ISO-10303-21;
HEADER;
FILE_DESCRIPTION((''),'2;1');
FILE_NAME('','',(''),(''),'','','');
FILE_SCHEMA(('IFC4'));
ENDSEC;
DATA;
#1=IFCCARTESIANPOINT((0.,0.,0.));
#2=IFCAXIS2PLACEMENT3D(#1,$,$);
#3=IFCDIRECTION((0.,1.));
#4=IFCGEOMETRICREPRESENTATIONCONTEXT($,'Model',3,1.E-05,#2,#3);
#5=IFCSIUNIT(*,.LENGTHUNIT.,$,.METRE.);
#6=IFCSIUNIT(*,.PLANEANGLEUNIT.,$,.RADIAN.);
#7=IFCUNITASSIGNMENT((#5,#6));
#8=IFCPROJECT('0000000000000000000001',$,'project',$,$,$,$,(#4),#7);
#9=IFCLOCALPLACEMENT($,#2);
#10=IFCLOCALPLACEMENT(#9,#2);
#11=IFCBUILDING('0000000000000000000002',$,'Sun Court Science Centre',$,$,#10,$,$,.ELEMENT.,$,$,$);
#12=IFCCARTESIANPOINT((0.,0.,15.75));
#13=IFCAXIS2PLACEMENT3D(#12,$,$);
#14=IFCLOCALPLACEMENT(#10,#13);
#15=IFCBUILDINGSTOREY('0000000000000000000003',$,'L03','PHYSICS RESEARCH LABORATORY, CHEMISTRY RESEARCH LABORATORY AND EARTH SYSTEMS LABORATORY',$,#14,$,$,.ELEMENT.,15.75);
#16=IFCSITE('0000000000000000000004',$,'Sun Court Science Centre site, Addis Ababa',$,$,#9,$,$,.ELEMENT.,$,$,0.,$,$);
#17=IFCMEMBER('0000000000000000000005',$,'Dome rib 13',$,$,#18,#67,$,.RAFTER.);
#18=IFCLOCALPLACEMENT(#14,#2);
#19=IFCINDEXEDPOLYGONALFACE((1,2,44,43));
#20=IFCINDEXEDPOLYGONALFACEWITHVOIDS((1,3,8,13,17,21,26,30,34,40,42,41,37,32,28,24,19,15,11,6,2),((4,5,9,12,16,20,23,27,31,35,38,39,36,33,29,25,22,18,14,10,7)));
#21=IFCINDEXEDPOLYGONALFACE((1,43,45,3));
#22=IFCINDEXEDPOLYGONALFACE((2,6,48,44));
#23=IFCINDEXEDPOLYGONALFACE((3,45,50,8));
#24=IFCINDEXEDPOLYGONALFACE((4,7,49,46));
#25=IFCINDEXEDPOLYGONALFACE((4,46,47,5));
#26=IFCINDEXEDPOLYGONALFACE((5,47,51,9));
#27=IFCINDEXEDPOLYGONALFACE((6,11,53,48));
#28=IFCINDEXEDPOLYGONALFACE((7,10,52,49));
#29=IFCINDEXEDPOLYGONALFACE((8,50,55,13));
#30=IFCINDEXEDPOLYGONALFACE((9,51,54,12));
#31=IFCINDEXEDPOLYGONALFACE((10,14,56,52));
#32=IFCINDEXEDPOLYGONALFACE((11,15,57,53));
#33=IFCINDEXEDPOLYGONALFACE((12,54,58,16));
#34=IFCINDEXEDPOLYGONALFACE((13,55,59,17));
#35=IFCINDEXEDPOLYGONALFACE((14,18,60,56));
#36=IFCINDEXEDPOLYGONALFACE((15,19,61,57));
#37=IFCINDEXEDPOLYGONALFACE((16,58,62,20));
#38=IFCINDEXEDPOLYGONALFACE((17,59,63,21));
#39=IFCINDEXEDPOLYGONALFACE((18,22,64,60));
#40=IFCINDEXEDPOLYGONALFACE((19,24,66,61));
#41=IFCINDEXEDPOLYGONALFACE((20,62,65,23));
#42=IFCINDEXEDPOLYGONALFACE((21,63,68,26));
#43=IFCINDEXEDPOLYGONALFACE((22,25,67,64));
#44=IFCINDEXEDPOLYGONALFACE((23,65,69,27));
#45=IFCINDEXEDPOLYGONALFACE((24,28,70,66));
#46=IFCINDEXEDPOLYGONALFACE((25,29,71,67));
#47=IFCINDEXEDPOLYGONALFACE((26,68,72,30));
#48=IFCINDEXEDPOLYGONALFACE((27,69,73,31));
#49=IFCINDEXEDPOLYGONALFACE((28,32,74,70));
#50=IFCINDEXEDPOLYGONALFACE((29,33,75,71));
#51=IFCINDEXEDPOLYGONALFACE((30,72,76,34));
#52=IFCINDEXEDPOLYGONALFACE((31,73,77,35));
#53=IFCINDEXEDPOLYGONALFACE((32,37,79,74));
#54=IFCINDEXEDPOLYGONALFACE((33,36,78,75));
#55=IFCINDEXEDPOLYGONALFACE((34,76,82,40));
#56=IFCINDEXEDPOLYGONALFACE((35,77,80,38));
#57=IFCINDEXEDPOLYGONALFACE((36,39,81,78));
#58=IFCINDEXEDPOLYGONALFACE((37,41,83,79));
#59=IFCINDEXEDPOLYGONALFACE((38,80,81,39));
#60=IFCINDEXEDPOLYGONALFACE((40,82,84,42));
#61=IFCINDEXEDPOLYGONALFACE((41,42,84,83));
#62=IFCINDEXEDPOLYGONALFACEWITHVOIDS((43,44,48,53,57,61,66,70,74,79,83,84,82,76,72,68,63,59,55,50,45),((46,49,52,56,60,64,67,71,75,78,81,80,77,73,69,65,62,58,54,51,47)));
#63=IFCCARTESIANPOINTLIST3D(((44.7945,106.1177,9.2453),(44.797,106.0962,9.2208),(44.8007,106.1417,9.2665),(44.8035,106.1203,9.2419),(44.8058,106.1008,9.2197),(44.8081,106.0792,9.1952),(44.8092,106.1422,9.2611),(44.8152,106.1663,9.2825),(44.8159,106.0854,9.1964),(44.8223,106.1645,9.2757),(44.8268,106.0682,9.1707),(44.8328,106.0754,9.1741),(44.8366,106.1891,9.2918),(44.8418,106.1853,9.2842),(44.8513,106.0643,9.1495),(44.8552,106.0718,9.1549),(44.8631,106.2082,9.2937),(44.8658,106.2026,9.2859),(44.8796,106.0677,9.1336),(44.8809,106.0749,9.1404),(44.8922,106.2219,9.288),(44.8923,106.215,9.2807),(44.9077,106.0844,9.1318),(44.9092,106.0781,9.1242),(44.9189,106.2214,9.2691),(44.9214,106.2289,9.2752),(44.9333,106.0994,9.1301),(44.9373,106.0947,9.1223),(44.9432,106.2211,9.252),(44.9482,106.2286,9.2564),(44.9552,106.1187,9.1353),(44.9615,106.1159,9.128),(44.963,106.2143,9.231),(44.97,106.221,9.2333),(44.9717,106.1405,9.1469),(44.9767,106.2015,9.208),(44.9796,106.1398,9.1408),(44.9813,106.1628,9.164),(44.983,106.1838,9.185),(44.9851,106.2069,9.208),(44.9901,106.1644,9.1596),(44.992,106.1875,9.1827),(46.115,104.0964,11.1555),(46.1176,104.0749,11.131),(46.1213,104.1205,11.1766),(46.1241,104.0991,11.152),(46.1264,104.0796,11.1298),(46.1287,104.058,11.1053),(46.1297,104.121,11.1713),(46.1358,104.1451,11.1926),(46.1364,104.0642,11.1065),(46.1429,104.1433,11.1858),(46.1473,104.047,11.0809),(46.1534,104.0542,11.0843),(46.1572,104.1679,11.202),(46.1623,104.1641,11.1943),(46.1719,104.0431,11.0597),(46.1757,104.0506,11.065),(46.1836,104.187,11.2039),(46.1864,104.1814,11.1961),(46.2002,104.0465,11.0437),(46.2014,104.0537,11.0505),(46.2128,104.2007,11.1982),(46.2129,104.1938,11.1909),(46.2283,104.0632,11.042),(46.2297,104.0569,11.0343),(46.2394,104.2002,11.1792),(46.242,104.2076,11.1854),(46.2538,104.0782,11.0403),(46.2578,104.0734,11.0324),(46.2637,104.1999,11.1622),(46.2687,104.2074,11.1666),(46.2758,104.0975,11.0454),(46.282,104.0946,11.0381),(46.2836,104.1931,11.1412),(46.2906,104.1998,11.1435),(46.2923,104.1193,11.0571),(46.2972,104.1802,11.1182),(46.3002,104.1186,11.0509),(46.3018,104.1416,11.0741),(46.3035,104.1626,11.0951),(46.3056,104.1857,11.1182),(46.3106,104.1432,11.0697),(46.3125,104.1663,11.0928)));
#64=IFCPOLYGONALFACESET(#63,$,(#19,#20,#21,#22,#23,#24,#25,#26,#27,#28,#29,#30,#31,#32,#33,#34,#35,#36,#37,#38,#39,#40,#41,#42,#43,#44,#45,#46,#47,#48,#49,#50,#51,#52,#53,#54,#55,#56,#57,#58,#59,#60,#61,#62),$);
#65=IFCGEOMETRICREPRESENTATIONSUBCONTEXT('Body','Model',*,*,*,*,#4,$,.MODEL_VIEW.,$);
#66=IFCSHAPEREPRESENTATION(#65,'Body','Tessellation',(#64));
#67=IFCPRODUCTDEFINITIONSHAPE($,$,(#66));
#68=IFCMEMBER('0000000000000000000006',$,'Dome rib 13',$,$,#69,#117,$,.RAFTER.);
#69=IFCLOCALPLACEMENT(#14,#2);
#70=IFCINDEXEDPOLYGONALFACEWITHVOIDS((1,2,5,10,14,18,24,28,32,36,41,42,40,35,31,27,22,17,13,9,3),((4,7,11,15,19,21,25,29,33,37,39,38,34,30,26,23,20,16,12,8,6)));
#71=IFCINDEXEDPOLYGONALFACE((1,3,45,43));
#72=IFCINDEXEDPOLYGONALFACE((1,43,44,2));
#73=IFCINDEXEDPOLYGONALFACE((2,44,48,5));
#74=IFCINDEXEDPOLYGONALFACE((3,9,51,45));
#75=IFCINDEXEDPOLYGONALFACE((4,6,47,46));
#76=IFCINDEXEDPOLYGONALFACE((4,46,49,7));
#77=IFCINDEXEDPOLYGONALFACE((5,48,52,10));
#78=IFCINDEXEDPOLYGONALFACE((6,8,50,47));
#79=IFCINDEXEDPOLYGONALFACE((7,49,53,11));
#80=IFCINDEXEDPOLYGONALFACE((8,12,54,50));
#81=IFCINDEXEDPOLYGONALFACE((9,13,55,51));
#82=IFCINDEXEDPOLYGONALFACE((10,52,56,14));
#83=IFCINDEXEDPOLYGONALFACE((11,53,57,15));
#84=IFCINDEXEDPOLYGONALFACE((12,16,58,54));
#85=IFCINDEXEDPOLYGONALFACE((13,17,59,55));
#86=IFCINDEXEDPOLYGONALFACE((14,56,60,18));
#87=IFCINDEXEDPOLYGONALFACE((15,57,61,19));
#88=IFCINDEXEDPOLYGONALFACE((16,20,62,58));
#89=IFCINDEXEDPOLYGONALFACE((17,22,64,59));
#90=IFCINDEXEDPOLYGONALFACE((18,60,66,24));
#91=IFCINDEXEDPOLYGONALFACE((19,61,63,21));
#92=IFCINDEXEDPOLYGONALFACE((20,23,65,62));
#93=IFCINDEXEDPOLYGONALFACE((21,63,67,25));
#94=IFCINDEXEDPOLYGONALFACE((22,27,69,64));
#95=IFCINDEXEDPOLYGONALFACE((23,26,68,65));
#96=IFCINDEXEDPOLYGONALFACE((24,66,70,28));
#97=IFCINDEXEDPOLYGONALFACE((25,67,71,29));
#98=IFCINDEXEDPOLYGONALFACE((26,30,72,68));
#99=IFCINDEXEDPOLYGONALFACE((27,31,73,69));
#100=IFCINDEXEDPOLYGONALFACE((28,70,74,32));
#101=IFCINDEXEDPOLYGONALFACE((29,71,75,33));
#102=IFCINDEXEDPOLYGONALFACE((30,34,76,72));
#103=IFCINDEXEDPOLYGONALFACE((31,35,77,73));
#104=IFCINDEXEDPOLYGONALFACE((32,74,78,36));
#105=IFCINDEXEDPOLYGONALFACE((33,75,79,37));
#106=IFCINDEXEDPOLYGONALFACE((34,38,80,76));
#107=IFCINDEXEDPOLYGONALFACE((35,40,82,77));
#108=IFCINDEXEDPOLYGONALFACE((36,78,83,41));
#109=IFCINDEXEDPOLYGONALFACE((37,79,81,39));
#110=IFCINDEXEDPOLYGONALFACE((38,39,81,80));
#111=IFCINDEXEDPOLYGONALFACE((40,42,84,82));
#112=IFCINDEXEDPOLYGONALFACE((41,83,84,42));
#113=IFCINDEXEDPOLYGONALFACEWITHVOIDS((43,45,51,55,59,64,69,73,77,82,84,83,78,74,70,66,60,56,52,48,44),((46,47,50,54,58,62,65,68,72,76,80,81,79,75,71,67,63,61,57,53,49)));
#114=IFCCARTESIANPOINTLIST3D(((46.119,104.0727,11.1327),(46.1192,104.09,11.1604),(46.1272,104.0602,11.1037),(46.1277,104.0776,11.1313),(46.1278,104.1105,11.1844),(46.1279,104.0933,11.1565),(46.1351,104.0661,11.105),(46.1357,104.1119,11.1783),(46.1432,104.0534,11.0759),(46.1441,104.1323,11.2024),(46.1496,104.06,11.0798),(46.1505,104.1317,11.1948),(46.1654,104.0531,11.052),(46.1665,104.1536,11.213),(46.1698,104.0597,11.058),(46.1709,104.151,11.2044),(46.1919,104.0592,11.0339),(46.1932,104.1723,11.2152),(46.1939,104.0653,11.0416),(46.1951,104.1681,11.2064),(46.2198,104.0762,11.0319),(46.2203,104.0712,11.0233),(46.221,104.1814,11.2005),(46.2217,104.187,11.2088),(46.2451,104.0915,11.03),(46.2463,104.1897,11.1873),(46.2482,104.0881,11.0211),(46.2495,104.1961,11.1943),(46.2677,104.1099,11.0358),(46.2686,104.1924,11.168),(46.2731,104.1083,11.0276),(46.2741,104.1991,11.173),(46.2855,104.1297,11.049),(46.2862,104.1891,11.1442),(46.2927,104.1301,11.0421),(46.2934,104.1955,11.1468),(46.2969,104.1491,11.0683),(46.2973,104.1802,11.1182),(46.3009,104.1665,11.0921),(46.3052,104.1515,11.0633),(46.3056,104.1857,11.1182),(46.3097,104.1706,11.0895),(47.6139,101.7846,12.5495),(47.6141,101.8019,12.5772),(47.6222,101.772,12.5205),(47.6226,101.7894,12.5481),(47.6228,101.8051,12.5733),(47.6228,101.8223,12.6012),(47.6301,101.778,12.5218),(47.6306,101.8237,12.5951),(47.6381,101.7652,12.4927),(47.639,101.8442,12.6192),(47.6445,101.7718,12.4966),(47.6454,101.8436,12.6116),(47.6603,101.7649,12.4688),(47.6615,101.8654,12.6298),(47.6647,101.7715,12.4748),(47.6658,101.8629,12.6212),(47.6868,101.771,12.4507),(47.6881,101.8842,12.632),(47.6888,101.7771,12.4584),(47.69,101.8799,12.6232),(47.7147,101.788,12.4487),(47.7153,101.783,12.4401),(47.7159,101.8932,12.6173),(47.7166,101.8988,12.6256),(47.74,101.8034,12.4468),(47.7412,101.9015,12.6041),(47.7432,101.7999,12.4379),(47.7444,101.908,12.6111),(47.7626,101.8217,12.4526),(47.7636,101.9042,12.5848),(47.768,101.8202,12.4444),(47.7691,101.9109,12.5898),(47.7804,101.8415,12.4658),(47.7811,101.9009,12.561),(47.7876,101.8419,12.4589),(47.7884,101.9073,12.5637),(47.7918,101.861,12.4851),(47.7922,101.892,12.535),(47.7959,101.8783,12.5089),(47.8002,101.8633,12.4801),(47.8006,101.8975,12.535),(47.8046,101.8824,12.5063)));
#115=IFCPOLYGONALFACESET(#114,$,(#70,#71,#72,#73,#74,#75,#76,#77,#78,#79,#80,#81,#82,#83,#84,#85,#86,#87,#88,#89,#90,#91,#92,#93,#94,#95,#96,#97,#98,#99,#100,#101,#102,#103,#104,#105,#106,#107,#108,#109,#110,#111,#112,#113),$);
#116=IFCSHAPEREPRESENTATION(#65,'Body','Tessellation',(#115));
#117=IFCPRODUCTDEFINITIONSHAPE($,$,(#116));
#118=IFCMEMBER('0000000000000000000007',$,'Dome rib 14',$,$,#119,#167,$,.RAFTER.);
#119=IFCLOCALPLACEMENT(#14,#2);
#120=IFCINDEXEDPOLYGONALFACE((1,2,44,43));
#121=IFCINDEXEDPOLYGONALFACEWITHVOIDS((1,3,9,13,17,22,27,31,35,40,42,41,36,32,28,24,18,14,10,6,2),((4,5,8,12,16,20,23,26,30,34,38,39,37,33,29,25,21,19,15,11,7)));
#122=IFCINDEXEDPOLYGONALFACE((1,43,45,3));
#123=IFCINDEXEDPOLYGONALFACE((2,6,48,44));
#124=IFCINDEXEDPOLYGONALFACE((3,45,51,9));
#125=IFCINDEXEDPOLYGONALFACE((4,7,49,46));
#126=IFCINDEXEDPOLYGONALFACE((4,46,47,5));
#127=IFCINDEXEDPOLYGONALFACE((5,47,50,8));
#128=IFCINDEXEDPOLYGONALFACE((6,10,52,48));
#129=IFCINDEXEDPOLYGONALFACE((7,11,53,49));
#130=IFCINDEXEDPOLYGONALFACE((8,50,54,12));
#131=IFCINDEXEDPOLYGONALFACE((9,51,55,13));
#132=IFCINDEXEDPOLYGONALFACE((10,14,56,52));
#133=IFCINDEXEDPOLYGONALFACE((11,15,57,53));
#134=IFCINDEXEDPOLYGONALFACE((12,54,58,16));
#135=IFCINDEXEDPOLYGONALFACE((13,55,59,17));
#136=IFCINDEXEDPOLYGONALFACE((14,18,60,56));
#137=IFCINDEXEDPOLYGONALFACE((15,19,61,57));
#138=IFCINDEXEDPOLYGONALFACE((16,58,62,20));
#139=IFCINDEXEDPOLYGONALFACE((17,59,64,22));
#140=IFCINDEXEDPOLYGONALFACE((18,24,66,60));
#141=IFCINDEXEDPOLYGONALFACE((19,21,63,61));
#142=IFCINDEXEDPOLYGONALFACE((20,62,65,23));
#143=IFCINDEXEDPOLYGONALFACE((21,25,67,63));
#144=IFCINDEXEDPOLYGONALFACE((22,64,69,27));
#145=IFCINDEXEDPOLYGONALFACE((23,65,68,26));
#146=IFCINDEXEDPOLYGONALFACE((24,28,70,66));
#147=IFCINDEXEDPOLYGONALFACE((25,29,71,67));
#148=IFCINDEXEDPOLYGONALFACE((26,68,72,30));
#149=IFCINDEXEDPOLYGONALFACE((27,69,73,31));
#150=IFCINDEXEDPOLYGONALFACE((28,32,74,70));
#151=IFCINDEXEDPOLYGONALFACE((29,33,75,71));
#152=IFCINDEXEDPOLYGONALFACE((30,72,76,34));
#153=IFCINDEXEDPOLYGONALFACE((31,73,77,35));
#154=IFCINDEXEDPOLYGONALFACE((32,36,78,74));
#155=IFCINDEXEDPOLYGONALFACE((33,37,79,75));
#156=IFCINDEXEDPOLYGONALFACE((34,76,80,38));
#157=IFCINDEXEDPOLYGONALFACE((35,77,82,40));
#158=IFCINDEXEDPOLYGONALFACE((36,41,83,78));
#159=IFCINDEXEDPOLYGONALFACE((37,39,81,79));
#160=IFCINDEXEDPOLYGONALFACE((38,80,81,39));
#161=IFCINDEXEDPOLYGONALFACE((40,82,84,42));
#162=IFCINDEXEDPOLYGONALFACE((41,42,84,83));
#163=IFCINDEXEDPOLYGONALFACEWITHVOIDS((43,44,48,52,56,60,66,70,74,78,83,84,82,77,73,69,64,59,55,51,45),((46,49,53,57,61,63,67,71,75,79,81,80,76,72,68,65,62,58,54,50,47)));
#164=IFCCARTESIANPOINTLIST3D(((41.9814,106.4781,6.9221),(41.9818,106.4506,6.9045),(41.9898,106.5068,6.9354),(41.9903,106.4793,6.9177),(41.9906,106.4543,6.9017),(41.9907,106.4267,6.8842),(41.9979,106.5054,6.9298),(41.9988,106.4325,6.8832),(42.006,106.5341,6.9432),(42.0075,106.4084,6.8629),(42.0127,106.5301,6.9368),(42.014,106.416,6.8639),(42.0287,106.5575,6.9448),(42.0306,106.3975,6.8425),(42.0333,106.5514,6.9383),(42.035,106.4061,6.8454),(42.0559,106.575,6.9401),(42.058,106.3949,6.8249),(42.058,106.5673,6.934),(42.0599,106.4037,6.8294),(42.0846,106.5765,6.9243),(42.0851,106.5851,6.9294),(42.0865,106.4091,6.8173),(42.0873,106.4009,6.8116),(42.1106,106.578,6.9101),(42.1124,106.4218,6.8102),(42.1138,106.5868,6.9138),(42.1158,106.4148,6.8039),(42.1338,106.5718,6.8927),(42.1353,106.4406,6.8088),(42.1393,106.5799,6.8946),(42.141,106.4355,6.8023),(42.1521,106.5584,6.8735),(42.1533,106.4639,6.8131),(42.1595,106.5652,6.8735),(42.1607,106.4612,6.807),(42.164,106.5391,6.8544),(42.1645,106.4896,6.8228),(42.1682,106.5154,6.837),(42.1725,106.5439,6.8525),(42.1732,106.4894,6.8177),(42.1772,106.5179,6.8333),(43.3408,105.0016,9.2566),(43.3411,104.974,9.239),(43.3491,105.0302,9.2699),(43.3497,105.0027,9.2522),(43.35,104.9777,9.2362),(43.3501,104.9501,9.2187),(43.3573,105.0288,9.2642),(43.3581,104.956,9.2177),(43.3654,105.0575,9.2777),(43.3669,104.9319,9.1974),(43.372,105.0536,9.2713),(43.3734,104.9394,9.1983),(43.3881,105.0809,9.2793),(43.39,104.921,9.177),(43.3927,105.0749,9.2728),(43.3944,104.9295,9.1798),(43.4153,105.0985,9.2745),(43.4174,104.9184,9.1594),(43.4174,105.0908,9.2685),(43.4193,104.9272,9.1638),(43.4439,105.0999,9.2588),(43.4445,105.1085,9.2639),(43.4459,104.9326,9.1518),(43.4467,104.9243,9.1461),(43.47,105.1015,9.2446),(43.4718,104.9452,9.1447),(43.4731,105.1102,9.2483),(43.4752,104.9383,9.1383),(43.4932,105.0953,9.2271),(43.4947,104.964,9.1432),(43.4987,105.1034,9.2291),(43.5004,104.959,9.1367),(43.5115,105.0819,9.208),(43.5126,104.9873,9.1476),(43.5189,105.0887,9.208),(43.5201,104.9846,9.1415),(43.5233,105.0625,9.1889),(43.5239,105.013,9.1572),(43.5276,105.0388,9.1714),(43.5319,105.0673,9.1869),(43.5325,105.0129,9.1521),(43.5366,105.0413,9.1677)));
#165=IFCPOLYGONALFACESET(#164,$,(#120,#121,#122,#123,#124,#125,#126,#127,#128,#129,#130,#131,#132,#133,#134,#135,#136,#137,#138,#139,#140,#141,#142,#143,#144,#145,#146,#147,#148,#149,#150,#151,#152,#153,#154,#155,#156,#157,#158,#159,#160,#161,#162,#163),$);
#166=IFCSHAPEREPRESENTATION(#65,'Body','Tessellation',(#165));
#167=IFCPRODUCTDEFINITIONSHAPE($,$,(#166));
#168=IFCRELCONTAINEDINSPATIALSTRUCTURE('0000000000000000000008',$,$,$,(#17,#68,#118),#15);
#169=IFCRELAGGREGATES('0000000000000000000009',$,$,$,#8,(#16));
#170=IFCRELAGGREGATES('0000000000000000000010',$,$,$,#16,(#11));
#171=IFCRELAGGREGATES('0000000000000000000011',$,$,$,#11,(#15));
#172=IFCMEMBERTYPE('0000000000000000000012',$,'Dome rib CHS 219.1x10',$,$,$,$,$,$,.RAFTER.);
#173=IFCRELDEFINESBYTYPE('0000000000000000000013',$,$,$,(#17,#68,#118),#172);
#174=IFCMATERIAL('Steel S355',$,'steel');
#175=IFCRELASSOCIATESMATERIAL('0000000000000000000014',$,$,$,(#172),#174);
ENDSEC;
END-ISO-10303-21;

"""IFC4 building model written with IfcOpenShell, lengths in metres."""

from ifc_helpers import new_model, si_unit, direction, frame, origin, origin_2d, place, context, subcontext, project, spatial, hollow_circle, extrude, material, material_profile, profile_set, type_object, element, save


model = new_model("IFC4")

# Units and contexts
model_context = context("Model", 3, precision=1e-05, world=origin(), true_north=direction((0.0, 1.0)))
body_context = subcontext(model_context, "Body", "Model", "MODEL_VIEW")
ifc_project = project(units=[si_unit("LENGTHUNIT", "METRE"), si_unit("PLANEANGLEUNIT", "RADIAN")], contexts=[model_context])

# Site, building, storey
site_placement = place(None, origin())
site = spatial("IfcSite", under=ifc_project, at=site_placement, Name="Sun Court Science Centre site, Addis Ababa", CompositionType="ELEMENT", RefElevation=0.0)
building_placement = place(site_placement, origin())
building = spatial("IfcBuilding", under=site, at=building_placement, Name="Sun Court Science Centre", CompositionType="ELEMENT")
storey_placement = place(building_placement, frame((0.0, 0.0, 15.75)))
storey = spatial("IfcBuildingStorey", under=building, at=storey_placement, Name="L03", Description="PHYSICS RESEARCH LABORATORY, CHEMISTRY RESEARCH LABORATORY AND EARTH SYSTEMS LABORATORY", CompositionType="ELEMENT", Elevation=15.75)

# Members
ifc_material_1 = material(Name="Steel S355", Category="steel")
ifc_material_profile_1 = material_profile(ifc_material_1, hollow_circle(Radius=0.1096, WallThickness=0.01, at=origin_2d()), Name="CHS 219.1x10")
ifc_profile_set_1 = profile_set([ifc_material_profile_1], Name="Steel S355")
member_type_1 = type_object("IfcMemberType", Name="Dome rib CHS 219.1x10", PredefinedType="RAFTER", material=ifc_profile_set_1)
for number, where, z_axis, x_axis, name in (
    (1, (44.8933, 106.147, 9.208), (0.428943, -0.656538, 0.620456), (0.837164, 0.546952, 0.0), "Dome rib 13"),
    (2, (46.2139, 104.1257, 11.1182), (0.485585, -0.743247, 0.460207), (0.837168, 0.546946, 0.0), "Dome rib 13"),
    (3, (42.0789, 106.491, 6.8735), (0.441553, -0.479618, 0.758285), (0.735698, 0.677309, 0.0), "Dome rib 14"),
):
    element("IfcMember", number, at=place(storey_placement, frame(where, z_axis=z_axis, x_axis=x_axis)), inside=storey, type_object=member_type_1, Name=name, PredefinedType="RAFTER", context=body_context, shape_type="SweptSolid", body=[
        extrude(hollow_circle(Radius=0.1096, WallThickness=0.01, at=origin_2d()), origin(), (0.0, 0.0, 1.0), 3.0786),
    ])

save(model, "model.ifc")
